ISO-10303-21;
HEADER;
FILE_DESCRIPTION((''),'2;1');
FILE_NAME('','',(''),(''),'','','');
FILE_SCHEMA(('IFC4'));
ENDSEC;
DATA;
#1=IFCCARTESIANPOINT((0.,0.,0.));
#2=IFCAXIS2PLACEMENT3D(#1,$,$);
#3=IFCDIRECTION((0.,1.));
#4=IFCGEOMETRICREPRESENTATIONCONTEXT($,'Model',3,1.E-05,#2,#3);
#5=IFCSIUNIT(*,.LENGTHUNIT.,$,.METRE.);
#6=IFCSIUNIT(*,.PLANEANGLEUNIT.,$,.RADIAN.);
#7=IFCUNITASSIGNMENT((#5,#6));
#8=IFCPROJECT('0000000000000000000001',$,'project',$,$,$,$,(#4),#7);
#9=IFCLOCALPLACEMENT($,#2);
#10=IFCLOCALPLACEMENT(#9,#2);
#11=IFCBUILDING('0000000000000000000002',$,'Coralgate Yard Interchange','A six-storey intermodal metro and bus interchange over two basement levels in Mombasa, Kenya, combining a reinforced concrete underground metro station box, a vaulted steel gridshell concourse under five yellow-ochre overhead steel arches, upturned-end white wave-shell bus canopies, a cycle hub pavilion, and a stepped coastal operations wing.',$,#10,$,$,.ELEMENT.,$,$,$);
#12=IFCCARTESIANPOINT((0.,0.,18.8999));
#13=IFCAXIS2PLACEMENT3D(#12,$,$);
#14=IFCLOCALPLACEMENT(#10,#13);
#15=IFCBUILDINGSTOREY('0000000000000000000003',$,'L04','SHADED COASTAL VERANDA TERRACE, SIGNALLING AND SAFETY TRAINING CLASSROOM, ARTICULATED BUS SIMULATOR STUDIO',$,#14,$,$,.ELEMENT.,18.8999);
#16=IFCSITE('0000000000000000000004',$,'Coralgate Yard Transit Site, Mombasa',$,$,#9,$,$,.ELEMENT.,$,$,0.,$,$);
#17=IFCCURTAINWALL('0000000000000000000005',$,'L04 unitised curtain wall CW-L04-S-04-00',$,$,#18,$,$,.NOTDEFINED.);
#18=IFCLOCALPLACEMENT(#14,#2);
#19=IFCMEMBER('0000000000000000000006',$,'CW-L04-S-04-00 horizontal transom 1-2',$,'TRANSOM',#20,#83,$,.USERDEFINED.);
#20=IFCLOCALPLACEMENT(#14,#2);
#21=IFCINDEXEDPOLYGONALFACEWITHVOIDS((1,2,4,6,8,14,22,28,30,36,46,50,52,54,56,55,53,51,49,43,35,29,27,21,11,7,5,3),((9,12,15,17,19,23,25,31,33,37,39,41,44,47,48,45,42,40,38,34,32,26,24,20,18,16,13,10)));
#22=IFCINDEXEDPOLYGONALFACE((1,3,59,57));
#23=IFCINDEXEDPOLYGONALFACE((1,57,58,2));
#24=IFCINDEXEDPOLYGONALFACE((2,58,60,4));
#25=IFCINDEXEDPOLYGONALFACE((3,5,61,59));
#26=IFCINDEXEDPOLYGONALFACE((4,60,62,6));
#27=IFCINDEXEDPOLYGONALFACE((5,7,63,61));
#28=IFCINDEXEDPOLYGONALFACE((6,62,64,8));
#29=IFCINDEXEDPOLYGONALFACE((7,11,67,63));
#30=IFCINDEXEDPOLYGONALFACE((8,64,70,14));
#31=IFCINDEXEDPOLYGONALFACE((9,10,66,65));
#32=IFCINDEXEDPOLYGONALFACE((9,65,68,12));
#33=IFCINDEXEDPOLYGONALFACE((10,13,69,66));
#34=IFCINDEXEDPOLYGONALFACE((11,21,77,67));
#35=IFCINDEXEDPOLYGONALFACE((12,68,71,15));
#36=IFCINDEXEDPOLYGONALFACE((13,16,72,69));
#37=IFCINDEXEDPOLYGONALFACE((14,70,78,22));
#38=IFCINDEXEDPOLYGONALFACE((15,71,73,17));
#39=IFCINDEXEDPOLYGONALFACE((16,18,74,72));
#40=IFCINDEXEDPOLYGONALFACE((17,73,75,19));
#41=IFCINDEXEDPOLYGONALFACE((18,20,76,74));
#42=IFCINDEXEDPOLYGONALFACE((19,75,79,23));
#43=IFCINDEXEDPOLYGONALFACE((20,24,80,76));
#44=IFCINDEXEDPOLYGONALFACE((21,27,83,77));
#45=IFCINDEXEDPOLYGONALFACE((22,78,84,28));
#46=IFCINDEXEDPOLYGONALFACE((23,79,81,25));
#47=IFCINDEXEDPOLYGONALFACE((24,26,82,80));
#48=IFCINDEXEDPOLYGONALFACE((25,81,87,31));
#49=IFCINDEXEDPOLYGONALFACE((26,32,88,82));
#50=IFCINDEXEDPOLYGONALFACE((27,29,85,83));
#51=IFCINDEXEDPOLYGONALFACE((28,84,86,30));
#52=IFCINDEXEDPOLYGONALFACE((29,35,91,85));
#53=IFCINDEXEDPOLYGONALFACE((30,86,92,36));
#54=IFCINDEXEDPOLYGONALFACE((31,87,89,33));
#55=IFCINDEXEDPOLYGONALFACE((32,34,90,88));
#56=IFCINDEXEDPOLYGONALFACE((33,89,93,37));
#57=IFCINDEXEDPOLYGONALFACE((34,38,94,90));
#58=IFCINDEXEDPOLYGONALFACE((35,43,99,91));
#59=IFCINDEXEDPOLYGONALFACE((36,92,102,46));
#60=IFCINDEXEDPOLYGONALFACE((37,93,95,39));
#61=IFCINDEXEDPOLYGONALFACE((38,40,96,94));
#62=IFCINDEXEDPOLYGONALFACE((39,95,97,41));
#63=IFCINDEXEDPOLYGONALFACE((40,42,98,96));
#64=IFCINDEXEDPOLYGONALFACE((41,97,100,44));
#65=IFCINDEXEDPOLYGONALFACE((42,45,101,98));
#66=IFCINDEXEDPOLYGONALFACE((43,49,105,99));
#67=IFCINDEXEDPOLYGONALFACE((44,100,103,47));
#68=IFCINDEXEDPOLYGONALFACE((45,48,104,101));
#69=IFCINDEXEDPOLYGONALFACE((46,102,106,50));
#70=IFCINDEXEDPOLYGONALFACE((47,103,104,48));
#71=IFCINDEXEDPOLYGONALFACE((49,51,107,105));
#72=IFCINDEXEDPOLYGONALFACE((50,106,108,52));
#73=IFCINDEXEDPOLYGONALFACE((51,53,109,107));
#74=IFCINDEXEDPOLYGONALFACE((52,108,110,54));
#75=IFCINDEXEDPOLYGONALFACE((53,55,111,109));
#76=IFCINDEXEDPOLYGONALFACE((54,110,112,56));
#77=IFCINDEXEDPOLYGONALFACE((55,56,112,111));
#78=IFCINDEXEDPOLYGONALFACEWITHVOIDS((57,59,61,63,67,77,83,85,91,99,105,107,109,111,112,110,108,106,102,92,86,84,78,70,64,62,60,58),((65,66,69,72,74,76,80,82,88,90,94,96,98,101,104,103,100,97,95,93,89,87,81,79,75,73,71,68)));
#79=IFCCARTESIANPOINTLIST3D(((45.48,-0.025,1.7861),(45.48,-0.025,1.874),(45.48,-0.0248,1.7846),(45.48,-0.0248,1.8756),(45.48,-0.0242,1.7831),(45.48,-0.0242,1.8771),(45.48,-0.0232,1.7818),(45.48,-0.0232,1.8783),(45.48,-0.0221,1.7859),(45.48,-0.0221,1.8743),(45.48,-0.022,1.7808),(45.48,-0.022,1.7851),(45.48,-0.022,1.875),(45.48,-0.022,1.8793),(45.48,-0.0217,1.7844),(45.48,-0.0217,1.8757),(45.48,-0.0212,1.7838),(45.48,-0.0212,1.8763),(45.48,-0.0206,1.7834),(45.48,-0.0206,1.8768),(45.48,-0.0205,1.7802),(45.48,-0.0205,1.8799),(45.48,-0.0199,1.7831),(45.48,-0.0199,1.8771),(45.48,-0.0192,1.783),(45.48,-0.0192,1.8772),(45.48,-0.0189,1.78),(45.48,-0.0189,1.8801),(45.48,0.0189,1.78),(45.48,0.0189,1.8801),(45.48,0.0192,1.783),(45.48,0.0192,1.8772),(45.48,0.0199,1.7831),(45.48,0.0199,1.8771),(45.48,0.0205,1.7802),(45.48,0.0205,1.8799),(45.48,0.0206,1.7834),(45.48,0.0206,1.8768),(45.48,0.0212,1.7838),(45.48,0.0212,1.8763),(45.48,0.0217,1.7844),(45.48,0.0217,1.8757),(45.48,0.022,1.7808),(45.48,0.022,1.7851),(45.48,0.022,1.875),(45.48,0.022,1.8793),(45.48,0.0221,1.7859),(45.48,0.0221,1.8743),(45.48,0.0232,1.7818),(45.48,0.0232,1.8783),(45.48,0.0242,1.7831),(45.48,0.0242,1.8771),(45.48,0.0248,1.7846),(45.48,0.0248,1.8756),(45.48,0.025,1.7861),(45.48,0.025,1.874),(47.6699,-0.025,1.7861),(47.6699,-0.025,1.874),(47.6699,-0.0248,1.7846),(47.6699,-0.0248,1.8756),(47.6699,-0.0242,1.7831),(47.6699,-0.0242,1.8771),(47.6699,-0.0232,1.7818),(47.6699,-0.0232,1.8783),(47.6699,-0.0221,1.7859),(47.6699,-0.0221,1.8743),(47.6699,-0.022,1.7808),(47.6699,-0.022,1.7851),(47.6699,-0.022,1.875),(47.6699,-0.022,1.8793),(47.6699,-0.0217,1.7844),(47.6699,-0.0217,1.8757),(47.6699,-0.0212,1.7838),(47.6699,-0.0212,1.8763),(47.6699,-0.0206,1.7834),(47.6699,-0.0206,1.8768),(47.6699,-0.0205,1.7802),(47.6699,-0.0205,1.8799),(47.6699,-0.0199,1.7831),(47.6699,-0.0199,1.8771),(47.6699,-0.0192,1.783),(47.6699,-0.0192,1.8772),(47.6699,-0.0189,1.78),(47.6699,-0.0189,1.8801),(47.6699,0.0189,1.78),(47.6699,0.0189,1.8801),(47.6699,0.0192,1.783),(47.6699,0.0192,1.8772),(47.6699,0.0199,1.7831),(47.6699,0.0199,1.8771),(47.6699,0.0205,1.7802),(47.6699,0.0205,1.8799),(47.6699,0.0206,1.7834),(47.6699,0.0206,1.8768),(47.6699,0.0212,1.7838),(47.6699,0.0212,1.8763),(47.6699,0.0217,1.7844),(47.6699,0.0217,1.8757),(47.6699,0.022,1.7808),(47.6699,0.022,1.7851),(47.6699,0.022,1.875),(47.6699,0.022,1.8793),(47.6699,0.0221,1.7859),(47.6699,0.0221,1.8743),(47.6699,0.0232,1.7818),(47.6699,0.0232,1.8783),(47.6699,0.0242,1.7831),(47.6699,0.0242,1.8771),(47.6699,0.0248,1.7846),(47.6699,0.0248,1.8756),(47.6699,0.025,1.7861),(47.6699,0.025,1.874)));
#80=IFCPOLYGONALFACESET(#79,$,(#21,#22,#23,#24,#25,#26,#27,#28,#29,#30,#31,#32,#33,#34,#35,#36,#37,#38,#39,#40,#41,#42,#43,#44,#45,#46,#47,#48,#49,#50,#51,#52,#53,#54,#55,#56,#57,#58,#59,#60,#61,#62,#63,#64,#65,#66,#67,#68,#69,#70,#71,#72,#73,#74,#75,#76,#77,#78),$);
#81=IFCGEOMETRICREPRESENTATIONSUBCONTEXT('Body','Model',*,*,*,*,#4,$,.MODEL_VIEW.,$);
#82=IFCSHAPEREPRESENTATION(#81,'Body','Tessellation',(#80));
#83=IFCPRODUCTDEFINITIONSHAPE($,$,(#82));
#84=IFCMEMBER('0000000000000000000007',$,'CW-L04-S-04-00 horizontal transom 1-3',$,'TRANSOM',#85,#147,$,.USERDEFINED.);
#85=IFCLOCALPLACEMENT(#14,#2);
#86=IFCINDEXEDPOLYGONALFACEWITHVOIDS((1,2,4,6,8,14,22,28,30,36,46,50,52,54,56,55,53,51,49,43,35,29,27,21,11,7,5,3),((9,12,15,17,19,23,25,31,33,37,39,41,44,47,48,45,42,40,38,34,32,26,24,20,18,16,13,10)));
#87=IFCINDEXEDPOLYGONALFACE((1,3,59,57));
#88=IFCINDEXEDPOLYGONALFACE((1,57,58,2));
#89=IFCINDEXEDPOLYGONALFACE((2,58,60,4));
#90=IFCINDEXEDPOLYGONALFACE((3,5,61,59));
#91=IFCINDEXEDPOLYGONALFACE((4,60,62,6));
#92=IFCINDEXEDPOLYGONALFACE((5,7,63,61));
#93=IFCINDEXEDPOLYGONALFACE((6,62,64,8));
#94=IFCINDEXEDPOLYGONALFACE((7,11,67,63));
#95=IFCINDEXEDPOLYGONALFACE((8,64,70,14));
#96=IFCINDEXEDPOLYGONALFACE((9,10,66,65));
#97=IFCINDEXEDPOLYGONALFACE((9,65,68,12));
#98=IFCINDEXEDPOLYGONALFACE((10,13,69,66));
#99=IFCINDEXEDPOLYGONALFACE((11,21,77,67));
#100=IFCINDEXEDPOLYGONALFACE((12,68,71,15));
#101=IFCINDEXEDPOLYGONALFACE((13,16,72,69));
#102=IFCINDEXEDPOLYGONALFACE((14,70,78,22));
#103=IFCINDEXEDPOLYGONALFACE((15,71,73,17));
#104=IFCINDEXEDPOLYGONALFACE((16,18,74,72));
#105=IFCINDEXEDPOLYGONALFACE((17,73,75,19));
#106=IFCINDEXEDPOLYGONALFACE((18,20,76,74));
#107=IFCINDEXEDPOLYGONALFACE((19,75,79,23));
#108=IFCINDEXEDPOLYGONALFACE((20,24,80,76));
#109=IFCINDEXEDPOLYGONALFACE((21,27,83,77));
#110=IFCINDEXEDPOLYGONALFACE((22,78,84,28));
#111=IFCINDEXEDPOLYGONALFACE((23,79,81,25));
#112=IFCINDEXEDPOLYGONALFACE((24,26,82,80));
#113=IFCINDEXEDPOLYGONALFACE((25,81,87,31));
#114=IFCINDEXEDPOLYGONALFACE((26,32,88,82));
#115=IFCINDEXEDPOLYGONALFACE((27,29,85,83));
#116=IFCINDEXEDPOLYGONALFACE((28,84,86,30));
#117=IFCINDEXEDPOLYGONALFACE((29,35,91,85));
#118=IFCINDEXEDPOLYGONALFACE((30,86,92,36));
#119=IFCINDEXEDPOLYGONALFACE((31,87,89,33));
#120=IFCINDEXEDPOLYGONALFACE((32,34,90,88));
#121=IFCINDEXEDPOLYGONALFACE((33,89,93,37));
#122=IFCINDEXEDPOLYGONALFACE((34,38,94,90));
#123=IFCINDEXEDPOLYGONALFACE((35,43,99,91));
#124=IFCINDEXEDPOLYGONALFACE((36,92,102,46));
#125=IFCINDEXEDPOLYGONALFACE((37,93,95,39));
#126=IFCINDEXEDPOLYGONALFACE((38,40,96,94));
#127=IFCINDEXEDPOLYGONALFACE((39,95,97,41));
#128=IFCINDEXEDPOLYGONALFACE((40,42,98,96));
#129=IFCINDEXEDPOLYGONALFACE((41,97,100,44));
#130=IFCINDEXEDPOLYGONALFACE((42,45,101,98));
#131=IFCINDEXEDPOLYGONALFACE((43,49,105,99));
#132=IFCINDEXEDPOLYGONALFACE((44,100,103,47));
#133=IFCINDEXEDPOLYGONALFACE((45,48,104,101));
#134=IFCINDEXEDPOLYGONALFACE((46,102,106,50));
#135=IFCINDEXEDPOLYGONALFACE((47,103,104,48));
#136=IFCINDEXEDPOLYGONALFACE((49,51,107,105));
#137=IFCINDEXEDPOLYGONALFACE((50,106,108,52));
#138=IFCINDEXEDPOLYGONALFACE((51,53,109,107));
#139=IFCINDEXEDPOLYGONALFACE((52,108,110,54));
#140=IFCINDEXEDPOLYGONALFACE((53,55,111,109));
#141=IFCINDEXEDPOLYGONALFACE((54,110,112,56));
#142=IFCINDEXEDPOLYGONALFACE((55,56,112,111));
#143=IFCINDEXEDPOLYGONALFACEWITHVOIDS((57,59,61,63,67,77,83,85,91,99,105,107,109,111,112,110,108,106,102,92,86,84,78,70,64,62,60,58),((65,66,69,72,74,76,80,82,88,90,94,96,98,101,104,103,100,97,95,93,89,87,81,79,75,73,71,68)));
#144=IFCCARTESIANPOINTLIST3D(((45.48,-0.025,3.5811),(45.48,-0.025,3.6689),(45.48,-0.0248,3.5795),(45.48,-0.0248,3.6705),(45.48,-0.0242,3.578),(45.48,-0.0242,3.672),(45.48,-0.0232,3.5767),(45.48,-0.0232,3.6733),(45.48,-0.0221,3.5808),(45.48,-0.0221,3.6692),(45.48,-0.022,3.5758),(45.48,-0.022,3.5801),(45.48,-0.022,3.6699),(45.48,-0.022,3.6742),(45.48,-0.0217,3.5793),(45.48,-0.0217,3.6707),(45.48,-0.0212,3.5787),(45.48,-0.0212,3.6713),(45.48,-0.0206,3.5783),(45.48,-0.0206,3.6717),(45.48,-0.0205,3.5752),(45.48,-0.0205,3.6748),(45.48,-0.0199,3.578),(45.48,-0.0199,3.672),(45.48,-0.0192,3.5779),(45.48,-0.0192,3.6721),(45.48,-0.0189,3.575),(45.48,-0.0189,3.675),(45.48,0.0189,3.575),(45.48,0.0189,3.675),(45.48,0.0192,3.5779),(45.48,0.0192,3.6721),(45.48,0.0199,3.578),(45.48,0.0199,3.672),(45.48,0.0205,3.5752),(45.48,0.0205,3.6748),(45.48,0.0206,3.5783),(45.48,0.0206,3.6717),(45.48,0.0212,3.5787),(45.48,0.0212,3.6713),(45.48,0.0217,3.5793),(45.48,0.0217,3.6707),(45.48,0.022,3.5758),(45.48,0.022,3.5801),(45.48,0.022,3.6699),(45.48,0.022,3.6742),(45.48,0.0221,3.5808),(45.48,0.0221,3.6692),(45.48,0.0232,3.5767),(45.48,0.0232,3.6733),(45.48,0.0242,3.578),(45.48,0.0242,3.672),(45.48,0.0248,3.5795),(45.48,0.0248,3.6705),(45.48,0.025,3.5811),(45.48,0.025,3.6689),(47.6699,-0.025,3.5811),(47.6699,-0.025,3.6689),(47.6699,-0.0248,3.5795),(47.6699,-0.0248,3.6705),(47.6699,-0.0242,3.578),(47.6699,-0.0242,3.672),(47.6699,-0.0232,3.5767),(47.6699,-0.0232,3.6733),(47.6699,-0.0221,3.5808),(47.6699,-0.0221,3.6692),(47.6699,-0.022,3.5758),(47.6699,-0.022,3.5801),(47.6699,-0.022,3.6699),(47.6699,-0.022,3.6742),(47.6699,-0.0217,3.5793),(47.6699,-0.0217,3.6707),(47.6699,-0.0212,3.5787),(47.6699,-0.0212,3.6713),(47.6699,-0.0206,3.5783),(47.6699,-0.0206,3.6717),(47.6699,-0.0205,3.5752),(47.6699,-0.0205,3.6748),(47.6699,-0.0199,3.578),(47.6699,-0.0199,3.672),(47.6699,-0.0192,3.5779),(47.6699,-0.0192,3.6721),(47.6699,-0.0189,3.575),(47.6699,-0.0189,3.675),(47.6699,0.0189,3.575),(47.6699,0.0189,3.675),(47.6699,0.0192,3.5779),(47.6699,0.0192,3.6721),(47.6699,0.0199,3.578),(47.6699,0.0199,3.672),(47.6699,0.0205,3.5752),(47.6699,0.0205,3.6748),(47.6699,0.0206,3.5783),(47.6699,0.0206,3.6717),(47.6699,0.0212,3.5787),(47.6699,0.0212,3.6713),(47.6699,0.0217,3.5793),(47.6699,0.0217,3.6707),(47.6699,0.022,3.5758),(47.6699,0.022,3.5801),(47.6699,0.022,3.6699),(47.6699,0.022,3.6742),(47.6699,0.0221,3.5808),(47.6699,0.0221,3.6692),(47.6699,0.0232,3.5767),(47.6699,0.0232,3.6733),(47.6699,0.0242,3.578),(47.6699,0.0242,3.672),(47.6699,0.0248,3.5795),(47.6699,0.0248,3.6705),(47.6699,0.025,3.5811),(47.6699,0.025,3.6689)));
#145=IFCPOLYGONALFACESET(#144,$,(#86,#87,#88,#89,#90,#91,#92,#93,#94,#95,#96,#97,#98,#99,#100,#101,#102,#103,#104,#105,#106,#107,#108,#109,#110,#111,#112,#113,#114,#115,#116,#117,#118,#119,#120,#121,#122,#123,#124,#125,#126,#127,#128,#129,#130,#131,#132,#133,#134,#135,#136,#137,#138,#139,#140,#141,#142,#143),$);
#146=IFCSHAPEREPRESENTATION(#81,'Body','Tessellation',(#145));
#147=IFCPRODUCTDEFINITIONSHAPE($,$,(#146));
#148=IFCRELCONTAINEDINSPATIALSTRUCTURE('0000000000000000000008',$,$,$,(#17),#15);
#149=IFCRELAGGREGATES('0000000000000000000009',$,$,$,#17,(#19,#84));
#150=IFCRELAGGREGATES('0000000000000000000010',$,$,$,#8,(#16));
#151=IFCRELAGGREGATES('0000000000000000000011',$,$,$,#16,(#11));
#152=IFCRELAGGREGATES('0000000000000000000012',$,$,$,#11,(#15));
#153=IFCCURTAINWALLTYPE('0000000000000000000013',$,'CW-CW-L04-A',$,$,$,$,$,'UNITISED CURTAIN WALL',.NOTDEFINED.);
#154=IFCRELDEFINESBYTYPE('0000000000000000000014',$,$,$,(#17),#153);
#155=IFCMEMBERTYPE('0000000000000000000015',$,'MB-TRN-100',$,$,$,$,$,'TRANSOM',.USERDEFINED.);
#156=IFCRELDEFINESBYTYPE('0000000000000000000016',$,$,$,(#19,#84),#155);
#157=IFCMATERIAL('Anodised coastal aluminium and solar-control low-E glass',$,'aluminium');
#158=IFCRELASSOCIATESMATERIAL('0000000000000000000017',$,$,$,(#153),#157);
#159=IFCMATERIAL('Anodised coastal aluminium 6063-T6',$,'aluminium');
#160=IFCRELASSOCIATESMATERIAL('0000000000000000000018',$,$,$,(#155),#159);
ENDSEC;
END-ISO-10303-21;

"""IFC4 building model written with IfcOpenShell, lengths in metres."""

from ifc_helpers import new_model, si_unit, direction, frame, origin, origin_2d, place, context, subcontext, project, spatial, hollow_rectangle, extrude, material, material_profile, profile_set, type_object, element, aggregate, save


model = new_model("IFC4")

# Units and contexts
model_context = context("Model", 3, precision=1e-05, world=origin(), true_north=direction((0.0, 1.0)))
body_context = subcontext(model_context, "Body", "Model", "MODEL_VIEW")
ifc_project = project(units=[si_unit("LENGTHUNIT", "METRE"), si_unit("PLANEANGLEUNIT", "RADIAN")], contexts=[model_context])

# Site, building, storey
site_placement = place(None, origin())
site = spatial("IfcSite", under=ifc_project, at=site_placement, Name="Coralgate Yard Transit Site, Mombasa", CompositionType="ELEMENT", RefElevation=0.0)
building_placement = place(site_placement, origin())
building = spatial("IfcBuilding", under=site, at=building_placement, Name="Coralgate Yard Interchange", Description="A six-storey intermodal metro and bus interchange over two basement levels in Mombasa, Kenya, combining a reinforced concrete underground metro station box, a vaulted steel gridshell concourse under five yellow-ochre overhead steel arches, upturned-end white wave-shell bus canopies, a cycle hub pavilion, and a stepped coastal operations wing.", CompositionType="ELEMENT")
storey_placement = place(building_placement, frame((0.0, 0.0, 18.8999)))
storey = spatial("IfcBuildingStorey", under=building, at=storey_placement, Name="L04", Description="SHADED COASTAL VERANDA TERRACE, SIGNALLING AND SAFETY TRAINING CLASSROOM, ARTICULATED BUS SIMULATOR STUDIO", CompositionType="ELEMENT", Elevation=18.8999)

# Curtain wall, members
ifc_material_1 = material(Name="Anodised coastal aluminium and solar-control low-E glass", Category="aluminium")
curtain_wall_type = type_object("IfcCurtainWallType", Name="CW-CW-L04-A", ElementType="UNITISED CURTAIN WALL", PredefinedType="NOTDEFINED", material=ifc_material_1)
curtain_wall_placement = place(storey_placement, origin())
curtain_wall = element("IfcCurtainWall", 1, at=curtain_wall_placement, inside=storey, type_object=curtain_wall_type, Name="L04 unitised curtain wall CW-L04-S-04-00", PredefinedType="NOTDEFINED")
ifc_material_2 = material(Name="Anodised coastal aluminium 6063-T6", Category="aluminium")
ifc_material_profile_1 = material_profile(ifc_material_2, hollow_rectangle(XDim=0.05, YDim=0.1001, WallThickness=0.0029, InnerFilletRadius=0.0029, OuterFilletRadius=0.0061, at=origin_2d()), Name="ALU 50x100x3")
ifc_profile_set_1 = profile_set([ifc_material_profile_1], Name="Anodised coastal aluminium 6063-T6")
member_type_1 = type_object("IfcMemberType", Name="MB-TRN-100", ElementType="TRANSOM", PredefinedType="USERDEFINED", material=ifc_profile_set_1)
member_1_placement = place(storey_placement, frame((47.6699, 0.0, 1.8301), z_axis=(-1.0, 0.0, 0.0), x_axis=(0.0, -1.0, 0.0)))
member_1 = element("IfcMember", 2, at=member_1_placement, type_object=member_type_1, Name="CW-L04-S-04-00 horizontal transom 1-2", ObjectType="TRANSOM", PredefinedType="USERDEFINED", context=body_context, shape_type="SweptSolid", body=[
    extrude(hollow_rectangle(XDim=0.05, YDim=0.1001, WallThickness=0.0029, InnerFilletRadius=0.0029, OuterFilletRadius=0.0061, at=origin_2d()), origin(), (0.0, 0.0, 1.0), 2.1899),
])
member_2_placement = place(storey_placement, frame((47.6699, 0.0, 3.625), z_axis=(-1.0, 0.0, 0.0), x_axis=(0.0, -1.0, 0.0)))
member_2 = element("IfcMember", 3, at=member_2_placement, type_object=member_type_1, Name="CW-L04-S-04-00 horizontal transom 1-3", ObjectType="TRANSOM", PredefinedType="USERDEFINED", context=body_context, shape_type="SweptSolid", body=[
    extrude(hollow_rectangle(XDim=0.05, YDim=0.1001, WallThickness=0.0029, InnerFilletRadius=0.0029, OuterFilletRadius=0.0061, at=origin_2d()), origin(), (0.0, 0.0, 1.0), 2.1899),
])
aggregate(curtain_wall, [member_1, member_2])

save(model, "model.ifc")
